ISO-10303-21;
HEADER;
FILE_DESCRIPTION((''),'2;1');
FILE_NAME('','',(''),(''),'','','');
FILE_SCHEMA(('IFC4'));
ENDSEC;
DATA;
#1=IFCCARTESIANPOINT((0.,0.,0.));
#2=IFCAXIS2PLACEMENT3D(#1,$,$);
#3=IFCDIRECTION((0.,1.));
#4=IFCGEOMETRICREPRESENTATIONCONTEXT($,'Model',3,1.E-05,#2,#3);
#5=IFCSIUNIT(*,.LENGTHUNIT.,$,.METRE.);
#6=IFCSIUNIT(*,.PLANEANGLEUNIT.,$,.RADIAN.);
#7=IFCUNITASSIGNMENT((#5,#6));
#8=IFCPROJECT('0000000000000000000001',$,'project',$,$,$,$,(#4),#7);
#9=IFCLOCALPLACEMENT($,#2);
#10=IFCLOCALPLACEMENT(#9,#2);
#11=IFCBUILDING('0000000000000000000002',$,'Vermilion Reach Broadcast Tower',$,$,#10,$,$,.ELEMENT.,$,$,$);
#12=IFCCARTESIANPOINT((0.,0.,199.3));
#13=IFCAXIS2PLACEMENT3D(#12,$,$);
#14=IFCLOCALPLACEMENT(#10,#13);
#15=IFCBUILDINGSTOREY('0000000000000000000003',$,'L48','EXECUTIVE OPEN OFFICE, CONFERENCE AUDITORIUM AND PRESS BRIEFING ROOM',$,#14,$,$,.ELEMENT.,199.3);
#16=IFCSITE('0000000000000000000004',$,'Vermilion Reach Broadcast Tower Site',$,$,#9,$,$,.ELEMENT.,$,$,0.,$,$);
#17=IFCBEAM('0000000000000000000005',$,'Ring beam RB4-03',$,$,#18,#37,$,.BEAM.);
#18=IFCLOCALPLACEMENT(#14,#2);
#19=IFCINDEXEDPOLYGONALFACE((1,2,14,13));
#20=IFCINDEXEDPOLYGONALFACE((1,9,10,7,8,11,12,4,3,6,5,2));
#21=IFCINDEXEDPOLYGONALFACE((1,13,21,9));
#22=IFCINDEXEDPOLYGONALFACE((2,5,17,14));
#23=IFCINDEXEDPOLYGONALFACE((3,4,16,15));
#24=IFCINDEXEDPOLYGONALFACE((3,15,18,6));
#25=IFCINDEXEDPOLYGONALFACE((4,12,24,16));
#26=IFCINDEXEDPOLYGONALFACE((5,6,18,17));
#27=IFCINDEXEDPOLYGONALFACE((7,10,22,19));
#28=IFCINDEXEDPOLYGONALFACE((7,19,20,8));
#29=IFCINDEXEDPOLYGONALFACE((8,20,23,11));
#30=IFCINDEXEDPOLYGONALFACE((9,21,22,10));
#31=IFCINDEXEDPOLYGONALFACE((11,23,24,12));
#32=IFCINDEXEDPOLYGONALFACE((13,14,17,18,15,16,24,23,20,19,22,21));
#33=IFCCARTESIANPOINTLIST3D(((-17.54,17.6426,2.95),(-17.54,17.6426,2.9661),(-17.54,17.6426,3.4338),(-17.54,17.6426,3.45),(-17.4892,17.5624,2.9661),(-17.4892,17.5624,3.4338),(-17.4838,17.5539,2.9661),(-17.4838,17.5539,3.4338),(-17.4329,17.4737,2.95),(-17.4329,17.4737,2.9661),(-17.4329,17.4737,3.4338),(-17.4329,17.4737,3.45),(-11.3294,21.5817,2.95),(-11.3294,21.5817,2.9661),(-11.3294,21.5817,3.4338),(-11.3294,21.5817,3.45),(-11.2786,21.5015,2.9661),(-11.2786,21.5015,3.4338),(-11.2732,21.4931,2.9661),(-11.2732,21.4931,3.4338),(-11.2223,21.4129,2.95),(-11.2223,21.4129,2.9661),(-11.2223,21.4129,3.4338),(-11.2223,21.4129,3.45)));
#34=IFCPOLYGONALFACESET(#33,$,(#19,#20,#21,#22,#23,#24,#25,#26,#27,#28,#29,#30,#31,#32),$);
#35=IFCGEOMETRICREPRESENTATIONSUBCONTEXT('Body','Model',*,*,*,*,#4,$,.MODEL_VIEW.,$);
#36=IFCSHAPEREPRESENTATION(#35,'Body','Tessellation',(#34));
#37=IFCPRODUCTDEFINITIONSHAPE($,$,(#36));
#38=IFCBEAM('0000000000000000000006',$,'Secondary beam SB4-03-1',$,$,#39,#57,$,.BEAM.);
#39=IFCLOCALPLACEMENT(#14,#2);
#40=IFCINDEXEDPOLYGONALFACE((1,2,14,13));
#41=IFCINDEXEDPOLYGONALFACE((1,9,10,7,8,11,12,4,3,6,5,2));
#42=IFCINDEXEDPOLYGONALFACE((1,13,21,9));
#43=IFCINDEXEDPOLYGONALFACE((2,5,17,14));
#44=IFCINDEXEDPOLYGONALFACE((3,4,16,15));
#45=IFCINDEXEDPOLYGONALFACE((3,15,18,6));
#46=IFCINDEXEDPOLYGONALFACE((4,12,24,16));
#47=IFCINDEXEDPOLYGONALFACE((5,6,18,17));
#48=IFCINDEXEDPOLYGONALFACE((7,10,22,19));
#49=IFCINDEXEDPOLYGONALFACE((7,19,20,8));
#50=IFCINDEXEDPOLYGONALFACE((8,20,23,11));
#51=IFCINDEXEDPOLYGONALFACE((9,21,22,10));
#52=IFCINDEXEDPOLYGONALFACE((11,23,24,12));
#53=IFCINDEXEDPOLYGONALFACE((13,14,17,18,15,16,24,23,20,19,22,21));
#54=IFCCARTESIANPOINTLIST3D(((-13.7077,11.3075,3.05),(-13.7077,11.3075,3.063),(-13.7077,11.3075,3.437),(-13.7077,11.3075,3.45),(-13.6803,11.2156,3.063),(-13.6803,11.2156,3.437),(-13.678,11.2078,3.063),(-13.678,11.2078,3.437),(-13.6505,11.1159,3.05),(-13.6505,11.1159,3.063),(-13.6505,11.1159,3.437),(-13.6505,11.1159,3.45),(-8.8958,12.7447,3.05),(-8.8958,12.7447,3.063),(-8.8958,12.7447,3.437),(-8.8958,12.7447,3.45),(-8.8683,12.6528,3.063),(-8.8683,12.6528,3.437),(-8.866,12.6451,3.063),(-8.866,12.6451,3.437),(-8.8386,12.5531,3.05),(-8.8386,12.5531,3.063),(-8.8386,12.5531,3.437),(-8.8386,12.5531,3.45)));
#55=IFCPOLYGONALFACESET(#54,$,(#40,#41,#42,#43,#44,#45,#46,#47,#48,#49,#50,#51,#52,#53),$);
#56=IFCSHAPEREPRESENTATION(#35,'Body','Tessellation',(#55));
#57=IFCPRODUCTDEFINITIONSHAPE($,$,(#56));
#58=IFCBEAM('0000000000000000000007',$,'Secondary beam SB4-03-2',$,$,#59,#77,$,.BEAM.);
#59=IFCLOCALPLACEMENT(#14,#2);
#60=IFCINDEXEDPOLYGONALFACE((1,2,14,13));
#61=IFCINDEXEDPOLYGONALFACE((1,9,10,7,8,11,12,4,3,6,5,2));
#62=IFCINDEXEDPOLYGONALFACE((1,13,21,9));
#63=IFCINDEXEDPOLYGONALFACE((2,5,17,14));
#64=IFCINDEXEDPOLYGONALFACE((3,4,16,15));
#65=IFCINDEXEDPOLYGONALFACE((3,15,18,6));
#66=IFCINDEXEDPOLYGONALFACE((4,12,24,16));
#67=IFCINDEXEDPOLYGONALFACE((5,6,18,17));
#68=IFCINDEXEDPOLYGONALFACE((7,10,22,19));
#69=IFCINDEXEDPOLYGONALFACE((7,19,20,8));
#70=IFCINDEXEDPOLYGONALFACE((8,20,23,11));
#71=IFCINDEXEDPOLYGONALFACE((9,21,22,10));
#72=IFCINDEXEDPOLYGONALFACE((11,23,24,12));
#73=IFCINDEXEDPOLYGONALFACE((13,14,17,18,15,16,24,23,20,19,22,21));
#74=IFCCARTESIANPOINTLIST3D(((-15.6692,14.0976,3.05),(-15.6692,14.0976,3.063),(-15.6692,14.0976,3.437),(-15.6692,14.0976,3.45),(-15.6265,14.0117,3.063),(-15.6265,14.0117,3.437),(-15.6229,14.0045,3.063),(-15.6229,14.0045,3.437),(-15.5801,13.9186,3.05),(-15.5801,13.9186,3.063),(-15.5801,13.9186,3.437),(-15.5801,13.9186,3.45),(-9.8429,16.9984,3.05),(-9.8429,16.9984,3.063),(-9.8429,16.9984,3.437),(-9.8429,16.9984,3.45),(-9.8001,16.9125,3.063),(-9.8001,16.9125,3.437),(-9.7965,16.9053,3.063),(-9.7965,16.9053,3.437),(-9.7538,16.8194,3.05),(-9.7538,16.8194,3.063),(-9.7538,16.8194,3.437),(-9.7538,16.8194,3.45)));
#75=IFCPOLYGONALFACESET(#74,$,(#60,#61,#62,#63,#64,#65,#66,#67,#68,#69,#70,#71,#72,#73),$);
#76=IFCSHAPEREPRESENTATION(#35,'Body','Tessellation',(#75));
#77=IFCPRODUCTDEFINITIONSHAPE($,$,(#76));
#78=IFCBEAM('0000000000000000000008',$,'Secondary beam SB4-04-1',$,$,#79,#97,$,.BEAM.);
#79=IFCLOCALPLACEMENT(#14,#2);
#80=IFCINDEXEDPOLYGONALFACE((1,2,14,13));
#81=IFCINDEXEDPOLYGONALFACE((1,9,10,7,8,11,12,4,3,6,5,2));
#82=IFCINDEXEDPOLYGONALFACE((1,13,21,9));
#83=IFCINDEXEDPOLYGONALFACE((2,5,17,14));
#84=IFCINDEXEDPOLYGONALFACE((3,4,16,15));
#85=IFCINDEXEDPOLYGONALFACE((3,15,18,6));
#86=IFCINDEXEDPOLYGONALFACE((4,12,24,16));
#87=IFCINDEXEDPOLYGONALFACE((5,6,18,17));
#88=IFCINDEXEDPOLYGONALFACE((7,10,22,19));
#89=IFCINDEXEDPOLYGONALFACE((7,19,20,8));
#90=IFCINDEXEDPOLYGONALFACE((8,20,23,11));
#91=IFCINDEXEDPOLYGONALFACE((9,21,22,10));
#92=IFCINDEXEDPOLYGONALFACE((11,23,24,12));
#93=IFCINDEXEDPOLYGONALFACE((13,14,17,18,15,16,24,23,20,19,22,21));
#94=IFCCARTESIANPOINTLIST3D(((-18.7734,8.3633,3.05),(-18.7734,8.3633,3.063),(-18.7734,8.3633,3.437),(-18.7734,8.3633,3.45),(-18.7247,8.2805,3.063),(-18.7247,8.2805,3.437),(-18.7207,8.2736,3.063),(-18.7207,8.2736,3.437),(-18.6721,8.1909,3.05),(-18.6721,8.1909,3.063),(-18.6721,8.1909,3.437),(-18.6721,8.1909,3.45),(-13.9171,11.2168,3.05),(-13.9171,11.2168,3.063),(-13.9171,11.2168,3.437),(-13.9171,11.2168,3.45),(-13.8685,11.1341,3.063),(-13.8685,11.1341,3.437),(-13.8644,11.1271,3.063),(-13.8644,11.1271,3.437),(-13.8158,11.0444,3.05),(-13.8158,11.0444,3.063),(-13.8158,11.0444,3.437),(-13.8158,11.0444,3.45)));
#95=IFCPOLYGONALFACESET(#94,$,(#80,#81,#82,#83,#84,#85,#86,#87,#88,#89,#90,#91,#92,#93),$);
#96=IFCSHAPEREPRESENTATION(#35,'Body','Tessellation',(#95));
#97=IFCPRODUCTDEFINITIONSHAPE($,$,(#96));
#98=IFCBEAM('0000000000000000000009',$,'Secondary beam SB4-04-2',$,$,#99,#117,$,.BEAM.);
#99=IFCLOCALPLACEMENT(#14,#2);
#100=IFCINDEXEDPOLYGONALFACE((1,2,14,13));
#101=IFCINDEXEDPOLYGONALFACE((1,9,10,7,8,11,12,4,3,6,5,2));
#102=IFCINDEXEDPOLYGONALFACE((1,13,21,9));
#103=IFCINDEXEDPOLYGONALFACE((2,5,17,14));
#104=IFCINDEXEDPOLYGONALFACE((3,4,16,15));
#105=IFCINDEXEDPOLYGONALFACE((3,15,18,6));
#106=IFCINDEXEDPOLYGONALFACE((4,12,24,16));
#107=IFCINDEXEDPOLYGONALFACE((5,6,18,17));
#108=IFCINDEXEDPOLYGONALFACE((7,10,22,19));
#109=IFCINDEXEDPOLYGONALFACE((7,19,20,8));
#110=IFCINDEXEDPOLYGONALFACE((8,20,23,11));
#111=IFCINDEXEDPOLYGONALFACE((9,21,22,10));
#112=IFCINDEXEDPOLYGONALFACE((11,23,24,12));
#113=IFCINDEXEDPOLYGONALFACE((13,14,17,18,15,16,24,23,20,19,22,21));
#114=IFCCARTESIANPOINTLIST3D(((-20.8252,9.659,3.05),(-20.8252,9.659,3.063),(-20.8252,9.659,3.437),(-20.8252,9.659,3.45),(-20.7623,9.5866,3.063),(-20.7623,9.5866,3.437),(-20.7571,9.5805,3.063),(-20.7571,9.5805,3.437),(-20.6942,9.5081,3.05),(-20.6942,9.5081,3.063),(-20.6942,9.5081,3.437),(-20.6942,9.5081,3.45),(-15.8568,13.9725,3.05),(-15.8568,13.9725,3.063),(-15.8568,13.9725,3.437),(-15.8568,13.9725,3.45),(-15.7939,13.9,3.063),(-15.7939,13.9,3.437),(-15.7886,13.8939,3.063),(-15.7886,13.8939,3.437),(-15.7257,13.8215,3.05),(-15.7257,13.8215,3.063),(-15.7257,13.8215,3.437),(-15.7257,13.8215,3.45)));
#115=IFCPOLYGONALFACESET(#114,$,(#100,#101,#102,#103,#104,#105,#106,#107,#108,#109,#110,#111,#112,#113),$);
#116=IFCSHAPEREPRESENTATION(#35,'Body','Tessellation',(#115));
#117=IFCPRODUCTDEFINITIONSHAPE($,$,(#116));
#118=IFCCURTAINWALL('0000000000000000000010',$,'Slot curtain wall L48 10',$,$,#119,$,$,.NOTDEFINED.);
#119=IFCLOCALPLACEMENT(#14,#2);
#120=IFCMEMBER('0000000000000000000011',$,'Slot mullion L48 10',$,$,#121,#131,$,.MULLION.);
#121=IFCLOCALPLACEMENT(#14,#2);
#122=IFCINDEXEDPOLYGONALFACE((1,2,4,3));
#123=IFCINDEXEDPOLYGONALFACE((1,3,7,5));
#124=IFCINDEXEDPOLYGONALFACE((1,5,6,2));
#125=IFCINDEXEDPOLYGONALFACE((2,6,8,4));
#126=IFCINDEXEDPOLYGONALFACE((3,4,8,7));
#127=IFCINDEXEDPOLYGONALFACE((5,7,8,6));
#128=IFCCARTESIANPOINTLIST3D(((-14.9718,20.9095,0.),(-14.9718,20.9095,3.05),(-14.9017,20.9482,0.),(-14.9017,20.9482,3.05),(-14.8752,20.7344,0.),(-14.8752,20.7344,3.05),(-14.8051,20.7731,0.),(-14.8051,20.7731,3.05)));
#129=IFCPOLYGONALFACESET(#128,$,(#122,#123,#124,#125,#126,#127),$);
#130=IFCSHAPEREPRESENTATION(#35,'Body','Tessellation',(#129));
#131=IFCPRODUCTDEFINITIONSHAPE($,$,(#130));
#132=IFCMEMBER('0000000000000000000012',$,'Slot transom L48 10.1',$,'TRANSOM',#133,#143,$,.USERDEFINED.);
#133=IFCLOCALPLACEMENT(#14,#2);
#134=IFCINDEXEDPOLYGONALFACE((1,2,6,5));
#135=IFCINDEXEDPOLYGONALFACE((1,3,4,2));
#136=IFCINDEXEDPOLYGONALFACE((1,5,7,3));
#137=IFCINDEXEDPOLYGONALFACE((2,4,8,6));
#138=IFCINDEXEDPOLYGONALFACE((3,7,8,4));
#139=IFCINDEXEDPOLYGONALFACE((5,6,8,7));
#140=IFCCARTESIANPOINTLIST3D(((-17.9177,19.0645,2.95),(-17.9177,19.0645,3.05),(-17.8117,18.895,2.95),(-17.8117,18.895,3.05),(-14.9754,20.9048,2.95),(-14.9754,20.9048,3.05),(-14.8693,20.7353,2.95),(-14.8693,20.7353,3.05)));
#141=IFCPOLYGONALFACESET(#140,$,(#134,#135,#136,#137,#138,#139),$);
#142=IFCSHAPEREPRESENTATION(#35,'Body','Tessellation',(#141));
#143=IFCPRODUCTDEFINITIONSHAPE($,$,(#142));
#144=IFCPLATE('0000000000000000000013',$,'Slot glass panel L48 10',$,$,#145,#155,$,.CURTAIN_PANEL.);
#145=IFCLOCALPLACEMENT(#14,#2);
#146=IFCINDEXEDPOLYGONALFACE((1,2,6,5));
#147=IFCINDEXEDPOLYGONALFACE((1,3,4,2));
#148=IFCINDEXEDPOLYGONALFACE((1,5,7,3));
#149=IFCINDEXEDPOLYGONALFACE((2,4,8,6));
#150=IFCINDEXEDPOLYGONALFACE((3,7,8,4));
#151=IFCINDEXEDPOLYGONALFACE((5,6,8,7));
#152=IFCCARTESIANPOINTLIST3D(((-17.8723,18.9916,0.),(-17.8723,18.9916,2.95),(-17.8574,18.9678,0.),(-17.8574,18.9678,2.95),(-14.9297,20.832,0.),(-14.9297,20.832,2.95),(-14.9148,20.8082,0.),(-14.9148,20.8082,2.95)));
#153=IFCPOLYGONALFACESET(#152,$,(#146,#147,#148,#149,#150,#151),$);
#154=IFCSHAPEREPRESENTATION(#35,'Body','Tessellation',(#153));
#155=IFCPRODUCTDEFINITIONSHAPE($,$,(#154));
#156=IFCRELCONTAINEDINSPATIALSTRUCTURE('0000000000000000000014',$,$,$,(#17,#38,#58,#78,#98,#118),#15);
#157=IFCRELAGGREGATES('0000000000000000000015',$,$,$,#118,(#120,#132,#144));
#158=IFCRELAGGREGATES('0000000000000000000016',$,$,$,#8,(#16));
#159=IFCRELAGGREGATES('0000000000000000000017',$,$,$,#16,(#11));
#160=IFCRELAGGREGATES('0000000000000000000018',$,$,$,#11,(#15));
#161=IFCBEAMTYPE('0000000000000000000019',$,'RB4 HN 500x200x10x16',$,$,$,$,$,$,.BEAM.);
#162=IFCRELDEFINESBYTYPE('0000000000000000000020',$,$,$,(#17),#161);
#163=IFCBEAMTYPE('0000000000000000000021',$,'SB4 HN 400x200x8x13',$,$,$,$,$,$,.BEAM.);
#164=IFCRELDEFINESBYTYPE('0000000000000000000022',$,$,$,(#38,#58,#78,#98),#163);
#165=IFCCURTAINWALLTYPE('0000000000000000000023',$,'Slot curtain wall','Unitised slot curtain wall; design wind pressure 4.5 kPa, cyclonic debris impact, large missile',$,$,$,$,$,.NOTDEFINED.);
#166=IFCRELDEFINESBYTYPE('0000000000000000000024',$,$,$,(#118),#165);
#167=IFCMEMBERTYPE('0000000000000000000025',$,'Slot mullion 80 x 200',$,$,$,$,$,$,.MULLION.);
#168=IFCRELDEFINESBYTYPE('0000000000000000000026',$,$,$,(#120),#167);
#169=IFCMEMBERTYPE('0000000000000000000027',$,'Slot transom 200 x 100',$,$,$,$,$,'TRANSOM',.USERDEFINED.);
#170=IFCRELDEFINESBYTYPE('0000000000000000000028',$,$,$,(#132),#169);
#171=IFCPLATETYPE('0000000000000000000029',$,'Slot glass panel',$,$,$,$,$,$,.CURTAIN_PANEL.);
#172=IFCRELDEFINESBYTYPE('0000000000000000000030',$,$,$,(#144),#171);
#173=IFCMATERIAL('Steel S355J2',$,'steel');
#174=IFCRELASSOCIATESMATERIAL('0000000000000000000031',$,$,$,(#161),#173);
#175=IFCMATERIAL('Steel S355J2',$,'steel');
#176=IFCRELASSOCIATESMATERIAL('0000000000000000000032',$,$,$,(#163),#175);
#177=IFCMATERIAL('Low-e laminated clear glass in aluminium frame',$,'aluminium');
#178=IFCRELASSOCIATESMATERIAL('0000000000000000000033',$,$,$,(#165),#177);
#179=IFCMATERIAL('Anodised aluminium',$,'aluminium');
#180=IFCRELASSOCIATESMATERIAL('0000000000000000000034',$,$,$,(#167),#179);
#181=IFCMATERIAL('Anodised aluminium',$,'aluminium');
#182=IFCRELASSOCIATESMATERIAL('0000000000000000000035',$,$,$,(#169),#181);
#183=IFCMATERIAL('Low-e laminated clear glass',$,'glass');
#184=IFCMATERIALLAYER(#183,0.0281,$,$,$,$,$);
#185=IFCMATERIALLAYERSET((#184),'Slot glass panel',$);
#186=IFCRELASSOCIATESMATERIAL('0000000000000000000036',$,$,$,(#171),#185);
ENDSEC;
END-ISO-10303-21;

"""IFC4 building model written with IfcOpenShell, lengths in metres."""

from ifc_helpers import new_model, si_unit, direction, frame, origin, origin_2d, place, context, subcontext, project, spatial, rectangle, i_section, extrude, material, layer, layer_set, material_profile, profile_set, type_object, element, aggregate, save


model = new_model("IFC4")

# Units and contexts
model_context = context("Model", 3, precision=1e-05, world=origin(), true_north=direction((0.0, 1.0)))
body_context = subcontext(model_context, "Body", "Model", "MODEL_VIEW")
ifc_project = project(units=[si_unit("LENGTHUNIT", "METRE"), si_unit("PLANEANGLEUNIT", "RADIAN")], contexts=[model_context])

# Site, building, storey
site_placement = place(None, origin())
site = spatial("IfcSite", under=ifc_project, at=site_placement, Name="Vermilion Reach Broadcast Tower Site", CompositionType="ELEMENT", RefElevation=0.0)
building_placement = place(site_placement, origin())
building = spatial("IfcBuilding", under=site, at=building_placement, Name="Vermilion Reach Broadcast Tower", CompositionType="ELEMENT")
storey_placement = place(building_placement, frame((0.0, 0.0, 199.3)))
storey = spatial("IfcBuildingStorey", under=building, at=storey_placement, Name="L48", Description="EXECUTIVE OPEN OFFICE, CONFERENCE AUDITORIUM AND PRESS BRIEFING ROOM", CompositionType="ELEMENT", Elevation=199.3)

# Beams
ifc_material_1 = material(Name="Steel S355J2", Category="steel")
ifc_material_profile_1 = material_profile(ifc_material_1, i_section(OverallWidth=0.2, OverallDepth=0.5, WebThickness=0.01, FlangeThickness=0.0161, at=origin_2d()), Name="S355J2 HN 500x200x10x16")
ifc_profile_set_1 = profile_set([ifc_material_profile_1], Name="Steel S355J2")
beam_type_1 = type_object("IfcBeamType", Name="RB4 HN 500x200x10x16", PredefinedType="BEAM", material=ifc_profile_set_1)
beam_1_placement = place(storey_placement, frame((-11.2759, 21.4973, 3.2), z_axis=(-0.844464, -0.535612, 0.0), x_axis=(0.535612, -0.844464, 0.0)))
element("IfcBeam", 1, at=beam_1_placement, inside=storey, type_object=beam_type_1, Name="Ring beam RB4-03", PredefinedType="BEAM", context=body_context, shape_type="SweptSolid", body=[
    extrude(i_section(OverallWidth=0.2, OverallDepth=0.5, WebThickness=0.01, FlangeThickness=0.0161, at=origin_2d()), origin(), (0.0, 0.0, 1.0), 7.3545),
])
ifc_material_2 = material(Name="Steel S355J2", Category="steel")
ifc_material_profile_2 = material_profile(ifc_material_2, i_section(OverallWidth=0.2, OverallDepth=0.3999, WebThickness=0.0081, FlangeThickness=0.0129, at=origin_2d()), Name="S355J2 HN 400x200x8x13")
ifc_profile_set_2 = profile_set([ifc_material_profile_2], Name="Steel S355J2")
beam_type_2 = type_object("IfcBeamType", Name="SB4 HN 400x200x8x13", PredefinedType="BEAM", material=ifc_profile_set_2)
beam_2_placement = place(storey_placement, frame((-8.8672, 12.6489, 3.25), z_axis=(-0.958173, -0.286188, 0.0), x_axis=(0.286188, -0.958173, 0.0)))
element("IfcBeam", 2, at=beam_2_placement, inside=storey, type_object=beam_type_2, Name="Secondary beam SB4-03-1", PredefinedType="BEAM", context=body_context, shape_type="SweptSolid", body=[
    extrude(i_section(OverallWidth=0.2, OverallDepth=0.3999, WebThickness=0.0081, FlangeThickness=0.0129, at=origin_2d()), origin(), (0.0, 0.0, 1.0), 5.022),
])
beam_3_placement = place(storey_placement, frame((-9.7983, 16.9089, 3.25), z_axis=(-0.895184, -0.445698, 0.0), x_axis=(0.445698, -0.895184, 0.0)))
element("IfcBeam", 3, at=beam_3_placement, inside=storey, type_object=beam_type_2, Name="Secondary beam SB4-03-2", PredefinedType="BEAM", context=body_context, shape_type="SweptSolid", body=[
    extrude(i_section(OverallWidth=0.2, OverallDepth=0.3999, WebThickness=0.0081, FlangeThickness=0.0129, at=origin_2d()), origin(), (0.0, 0.0, 1.0), 6.5085),
])
beam_4_placement = place(storey_placement, frame((-13.8665, 11.1306, 3.25), z_axis=(-0.862173, -0.506615, 0.0), x_axis=(0.506615, -0.862173, 0.0)))
element("IfcBeam", 4, at=beam_4_placement, inside=storey, type_object=beam_type_2, Name="Secondary beam SB4-04-1", PredefinedType="BEAM", context=body_context, shape_type="SweptSolid", body=[
    extrude(i_section(OverallWidth=0.2, OverallDepth=0.3999, WebThickness=0.0081, FlangeThickness=0.0129, at=origin_2d()), origin(), (0.0, 0.0, 1.0), 5.6326),
])
beam_5_placement = place(storey_placement, frame((-15.7913, 13.897, 3.25), z_axis=(-0.755129, -0.655576, 0.0), x_axis=(0.655576, -0.755129, 0.0)))
element("IfcBeam", 5, at=beam_5_placement, inside=storey, type_object=beam_type_2, Name="Secondary beam SB4-04-2", PredefinedType="BEAM", context=body_context, shape_type="SweptSolid", body=[
    extrude(i_section(OverallWidth=0.2, OverallDepth=0.3999, WebThickness=0.0081, FlangeThickness=0.0129, at=origin_2d()), origin(), (0.0, 0.0, 1.0), 6.5796),
])

# Curtain wall, members, plate
ifc_material_3 = material(Name="Low-e laminated clear glass in aluminium frame", Category="aluminium")
curtain_wall_type = type_object("IfcCurtainWallType", Name="Slot curtain wall", Description="Unitised slot curtain wall; design wind pressure 4.5 kPa, cyclonic debris impact, large missile", PredefinedType="NOTDEFINED", material=ifc_material_3)
curtain_wall_placement = place(storey_placement, origin())
curtain_wall = element("IfcCurtainWall", 6, at=curtain_wall_placement, inside=storey, type_object=curtain_wall_type, Name="Slot curtain wall L48 10", PredefinedType="NOTDEFINED")
ifc_material_4 = material(Name="Anodised aluminium", Category="aluminium")
ifc_material_profile_3 = material_profile(ifc_material_4, rectangle(XDim=0.2, YDim=0.0801, at=origin_2d()), Name="Slot mullion 80 x 200")
ifc_profile_set_3 = profile_set([ifc_material_profile_3], Name="Anodised aluminium")
member_type_1 = type_object("IfcMemberType", Name="Slot mullion 80 x 200", PredefinedType="MULLION", material=ifc_profile_set_3)
member_1_placement = place(storey_placement, frame((-14.8884, 20.8413, 0.0), z_axis=(0.0, 0.0, 1.0), x_axis=(0.482962, -0.875642, 0.0)))
member_1 = element("IfcMember", 7, at=member_1_placement, type_object=member_type_1, Name="Slot mullion L48 10", PredefinedType="MULLION", context=body_context, shape_type="SweptSolid", body=[
    extrude(rectangle(XDim=0.2, YDim=0.0801, at=origin_2d()), origin(), (0.0, 0.0, 1.0), 3.05),
])
ifc_material_5 = material(Name="Anodised aluminium", Category="aluminium")
ifc_material_profile_4 = material_profile(ifc_material_5, rectangle(XDim=0.2, YDim=0.1001, at=origin_2d()), Name="Slot transom 200 x 100")
ifc_profile_set_4 = profile_set([ifc_material_profile_4], Name="Anodised aluminium")
member_type_2 = type_object("IfcMemberType", Name="Slot transom 200 x 100", ElementType="TRANSOM", PredefinedType="USERDEFINED", material=ifc_profile_set_4)
member_2_placement = place(storey_placement, frame((-14.9224, 20.8201, 3.0), z_axis=(-0.847824, -0.530277, 0.0), x_axis=(0.530277, -0.847824, 0.0)))
member_2 = element("IfcMember", 8, at=member_2_placement, type_object=member_type_2, Name="Slot transom L48 10.1", ObjectType="TRANSOM", PredefinedType="USERDEFINED", context=body_context, shape_type="SweptSolid", body=[
    extrude(rectangle(XDim=0.2, YDim=0.1001, at=origin_2d()), origin(), (0.0, 0.0, 1.0), 3.4705),
])
ifc_material_6 = material(Name="Low-e laminated clear glass", Category="glass")
ifc_layer_1 = layer(ifc_material_6, 0.0281)
ifc_layer_set_1 = layer_set([ifc_layer_1], Name="Slot glass panel")
plate_type = type_object("IfcPlateType", Name="Slot glass panel", PredefinedType="CURTAIN_PANEL", material=ifc_layer_set_1)
plate_placement = place(storey_placement, frame((-16.3936, 19.8999, 0.0), z_axis=(0.0, 0.0, 1.0), x_axis=(-0.84784, -0.530252, 0.0)))
plate = element("IfcPlate", 9, at=plate_placement, type_object=plate_type, Name="Slot glass panel L48 10", PredefinedType="CURTAIN_PANEL", context=body_context, shape_type="SweptSolid", body=[
    extrude(rectangle(XDim=3.4707, YDim=0.0281, at=origin_2d()), origin(), (0.0, 0.0, 1.0), 2.95),
])
aggregate(curtain_wall, [member_1, member_2, plate])

save(model, "model.ifc")
